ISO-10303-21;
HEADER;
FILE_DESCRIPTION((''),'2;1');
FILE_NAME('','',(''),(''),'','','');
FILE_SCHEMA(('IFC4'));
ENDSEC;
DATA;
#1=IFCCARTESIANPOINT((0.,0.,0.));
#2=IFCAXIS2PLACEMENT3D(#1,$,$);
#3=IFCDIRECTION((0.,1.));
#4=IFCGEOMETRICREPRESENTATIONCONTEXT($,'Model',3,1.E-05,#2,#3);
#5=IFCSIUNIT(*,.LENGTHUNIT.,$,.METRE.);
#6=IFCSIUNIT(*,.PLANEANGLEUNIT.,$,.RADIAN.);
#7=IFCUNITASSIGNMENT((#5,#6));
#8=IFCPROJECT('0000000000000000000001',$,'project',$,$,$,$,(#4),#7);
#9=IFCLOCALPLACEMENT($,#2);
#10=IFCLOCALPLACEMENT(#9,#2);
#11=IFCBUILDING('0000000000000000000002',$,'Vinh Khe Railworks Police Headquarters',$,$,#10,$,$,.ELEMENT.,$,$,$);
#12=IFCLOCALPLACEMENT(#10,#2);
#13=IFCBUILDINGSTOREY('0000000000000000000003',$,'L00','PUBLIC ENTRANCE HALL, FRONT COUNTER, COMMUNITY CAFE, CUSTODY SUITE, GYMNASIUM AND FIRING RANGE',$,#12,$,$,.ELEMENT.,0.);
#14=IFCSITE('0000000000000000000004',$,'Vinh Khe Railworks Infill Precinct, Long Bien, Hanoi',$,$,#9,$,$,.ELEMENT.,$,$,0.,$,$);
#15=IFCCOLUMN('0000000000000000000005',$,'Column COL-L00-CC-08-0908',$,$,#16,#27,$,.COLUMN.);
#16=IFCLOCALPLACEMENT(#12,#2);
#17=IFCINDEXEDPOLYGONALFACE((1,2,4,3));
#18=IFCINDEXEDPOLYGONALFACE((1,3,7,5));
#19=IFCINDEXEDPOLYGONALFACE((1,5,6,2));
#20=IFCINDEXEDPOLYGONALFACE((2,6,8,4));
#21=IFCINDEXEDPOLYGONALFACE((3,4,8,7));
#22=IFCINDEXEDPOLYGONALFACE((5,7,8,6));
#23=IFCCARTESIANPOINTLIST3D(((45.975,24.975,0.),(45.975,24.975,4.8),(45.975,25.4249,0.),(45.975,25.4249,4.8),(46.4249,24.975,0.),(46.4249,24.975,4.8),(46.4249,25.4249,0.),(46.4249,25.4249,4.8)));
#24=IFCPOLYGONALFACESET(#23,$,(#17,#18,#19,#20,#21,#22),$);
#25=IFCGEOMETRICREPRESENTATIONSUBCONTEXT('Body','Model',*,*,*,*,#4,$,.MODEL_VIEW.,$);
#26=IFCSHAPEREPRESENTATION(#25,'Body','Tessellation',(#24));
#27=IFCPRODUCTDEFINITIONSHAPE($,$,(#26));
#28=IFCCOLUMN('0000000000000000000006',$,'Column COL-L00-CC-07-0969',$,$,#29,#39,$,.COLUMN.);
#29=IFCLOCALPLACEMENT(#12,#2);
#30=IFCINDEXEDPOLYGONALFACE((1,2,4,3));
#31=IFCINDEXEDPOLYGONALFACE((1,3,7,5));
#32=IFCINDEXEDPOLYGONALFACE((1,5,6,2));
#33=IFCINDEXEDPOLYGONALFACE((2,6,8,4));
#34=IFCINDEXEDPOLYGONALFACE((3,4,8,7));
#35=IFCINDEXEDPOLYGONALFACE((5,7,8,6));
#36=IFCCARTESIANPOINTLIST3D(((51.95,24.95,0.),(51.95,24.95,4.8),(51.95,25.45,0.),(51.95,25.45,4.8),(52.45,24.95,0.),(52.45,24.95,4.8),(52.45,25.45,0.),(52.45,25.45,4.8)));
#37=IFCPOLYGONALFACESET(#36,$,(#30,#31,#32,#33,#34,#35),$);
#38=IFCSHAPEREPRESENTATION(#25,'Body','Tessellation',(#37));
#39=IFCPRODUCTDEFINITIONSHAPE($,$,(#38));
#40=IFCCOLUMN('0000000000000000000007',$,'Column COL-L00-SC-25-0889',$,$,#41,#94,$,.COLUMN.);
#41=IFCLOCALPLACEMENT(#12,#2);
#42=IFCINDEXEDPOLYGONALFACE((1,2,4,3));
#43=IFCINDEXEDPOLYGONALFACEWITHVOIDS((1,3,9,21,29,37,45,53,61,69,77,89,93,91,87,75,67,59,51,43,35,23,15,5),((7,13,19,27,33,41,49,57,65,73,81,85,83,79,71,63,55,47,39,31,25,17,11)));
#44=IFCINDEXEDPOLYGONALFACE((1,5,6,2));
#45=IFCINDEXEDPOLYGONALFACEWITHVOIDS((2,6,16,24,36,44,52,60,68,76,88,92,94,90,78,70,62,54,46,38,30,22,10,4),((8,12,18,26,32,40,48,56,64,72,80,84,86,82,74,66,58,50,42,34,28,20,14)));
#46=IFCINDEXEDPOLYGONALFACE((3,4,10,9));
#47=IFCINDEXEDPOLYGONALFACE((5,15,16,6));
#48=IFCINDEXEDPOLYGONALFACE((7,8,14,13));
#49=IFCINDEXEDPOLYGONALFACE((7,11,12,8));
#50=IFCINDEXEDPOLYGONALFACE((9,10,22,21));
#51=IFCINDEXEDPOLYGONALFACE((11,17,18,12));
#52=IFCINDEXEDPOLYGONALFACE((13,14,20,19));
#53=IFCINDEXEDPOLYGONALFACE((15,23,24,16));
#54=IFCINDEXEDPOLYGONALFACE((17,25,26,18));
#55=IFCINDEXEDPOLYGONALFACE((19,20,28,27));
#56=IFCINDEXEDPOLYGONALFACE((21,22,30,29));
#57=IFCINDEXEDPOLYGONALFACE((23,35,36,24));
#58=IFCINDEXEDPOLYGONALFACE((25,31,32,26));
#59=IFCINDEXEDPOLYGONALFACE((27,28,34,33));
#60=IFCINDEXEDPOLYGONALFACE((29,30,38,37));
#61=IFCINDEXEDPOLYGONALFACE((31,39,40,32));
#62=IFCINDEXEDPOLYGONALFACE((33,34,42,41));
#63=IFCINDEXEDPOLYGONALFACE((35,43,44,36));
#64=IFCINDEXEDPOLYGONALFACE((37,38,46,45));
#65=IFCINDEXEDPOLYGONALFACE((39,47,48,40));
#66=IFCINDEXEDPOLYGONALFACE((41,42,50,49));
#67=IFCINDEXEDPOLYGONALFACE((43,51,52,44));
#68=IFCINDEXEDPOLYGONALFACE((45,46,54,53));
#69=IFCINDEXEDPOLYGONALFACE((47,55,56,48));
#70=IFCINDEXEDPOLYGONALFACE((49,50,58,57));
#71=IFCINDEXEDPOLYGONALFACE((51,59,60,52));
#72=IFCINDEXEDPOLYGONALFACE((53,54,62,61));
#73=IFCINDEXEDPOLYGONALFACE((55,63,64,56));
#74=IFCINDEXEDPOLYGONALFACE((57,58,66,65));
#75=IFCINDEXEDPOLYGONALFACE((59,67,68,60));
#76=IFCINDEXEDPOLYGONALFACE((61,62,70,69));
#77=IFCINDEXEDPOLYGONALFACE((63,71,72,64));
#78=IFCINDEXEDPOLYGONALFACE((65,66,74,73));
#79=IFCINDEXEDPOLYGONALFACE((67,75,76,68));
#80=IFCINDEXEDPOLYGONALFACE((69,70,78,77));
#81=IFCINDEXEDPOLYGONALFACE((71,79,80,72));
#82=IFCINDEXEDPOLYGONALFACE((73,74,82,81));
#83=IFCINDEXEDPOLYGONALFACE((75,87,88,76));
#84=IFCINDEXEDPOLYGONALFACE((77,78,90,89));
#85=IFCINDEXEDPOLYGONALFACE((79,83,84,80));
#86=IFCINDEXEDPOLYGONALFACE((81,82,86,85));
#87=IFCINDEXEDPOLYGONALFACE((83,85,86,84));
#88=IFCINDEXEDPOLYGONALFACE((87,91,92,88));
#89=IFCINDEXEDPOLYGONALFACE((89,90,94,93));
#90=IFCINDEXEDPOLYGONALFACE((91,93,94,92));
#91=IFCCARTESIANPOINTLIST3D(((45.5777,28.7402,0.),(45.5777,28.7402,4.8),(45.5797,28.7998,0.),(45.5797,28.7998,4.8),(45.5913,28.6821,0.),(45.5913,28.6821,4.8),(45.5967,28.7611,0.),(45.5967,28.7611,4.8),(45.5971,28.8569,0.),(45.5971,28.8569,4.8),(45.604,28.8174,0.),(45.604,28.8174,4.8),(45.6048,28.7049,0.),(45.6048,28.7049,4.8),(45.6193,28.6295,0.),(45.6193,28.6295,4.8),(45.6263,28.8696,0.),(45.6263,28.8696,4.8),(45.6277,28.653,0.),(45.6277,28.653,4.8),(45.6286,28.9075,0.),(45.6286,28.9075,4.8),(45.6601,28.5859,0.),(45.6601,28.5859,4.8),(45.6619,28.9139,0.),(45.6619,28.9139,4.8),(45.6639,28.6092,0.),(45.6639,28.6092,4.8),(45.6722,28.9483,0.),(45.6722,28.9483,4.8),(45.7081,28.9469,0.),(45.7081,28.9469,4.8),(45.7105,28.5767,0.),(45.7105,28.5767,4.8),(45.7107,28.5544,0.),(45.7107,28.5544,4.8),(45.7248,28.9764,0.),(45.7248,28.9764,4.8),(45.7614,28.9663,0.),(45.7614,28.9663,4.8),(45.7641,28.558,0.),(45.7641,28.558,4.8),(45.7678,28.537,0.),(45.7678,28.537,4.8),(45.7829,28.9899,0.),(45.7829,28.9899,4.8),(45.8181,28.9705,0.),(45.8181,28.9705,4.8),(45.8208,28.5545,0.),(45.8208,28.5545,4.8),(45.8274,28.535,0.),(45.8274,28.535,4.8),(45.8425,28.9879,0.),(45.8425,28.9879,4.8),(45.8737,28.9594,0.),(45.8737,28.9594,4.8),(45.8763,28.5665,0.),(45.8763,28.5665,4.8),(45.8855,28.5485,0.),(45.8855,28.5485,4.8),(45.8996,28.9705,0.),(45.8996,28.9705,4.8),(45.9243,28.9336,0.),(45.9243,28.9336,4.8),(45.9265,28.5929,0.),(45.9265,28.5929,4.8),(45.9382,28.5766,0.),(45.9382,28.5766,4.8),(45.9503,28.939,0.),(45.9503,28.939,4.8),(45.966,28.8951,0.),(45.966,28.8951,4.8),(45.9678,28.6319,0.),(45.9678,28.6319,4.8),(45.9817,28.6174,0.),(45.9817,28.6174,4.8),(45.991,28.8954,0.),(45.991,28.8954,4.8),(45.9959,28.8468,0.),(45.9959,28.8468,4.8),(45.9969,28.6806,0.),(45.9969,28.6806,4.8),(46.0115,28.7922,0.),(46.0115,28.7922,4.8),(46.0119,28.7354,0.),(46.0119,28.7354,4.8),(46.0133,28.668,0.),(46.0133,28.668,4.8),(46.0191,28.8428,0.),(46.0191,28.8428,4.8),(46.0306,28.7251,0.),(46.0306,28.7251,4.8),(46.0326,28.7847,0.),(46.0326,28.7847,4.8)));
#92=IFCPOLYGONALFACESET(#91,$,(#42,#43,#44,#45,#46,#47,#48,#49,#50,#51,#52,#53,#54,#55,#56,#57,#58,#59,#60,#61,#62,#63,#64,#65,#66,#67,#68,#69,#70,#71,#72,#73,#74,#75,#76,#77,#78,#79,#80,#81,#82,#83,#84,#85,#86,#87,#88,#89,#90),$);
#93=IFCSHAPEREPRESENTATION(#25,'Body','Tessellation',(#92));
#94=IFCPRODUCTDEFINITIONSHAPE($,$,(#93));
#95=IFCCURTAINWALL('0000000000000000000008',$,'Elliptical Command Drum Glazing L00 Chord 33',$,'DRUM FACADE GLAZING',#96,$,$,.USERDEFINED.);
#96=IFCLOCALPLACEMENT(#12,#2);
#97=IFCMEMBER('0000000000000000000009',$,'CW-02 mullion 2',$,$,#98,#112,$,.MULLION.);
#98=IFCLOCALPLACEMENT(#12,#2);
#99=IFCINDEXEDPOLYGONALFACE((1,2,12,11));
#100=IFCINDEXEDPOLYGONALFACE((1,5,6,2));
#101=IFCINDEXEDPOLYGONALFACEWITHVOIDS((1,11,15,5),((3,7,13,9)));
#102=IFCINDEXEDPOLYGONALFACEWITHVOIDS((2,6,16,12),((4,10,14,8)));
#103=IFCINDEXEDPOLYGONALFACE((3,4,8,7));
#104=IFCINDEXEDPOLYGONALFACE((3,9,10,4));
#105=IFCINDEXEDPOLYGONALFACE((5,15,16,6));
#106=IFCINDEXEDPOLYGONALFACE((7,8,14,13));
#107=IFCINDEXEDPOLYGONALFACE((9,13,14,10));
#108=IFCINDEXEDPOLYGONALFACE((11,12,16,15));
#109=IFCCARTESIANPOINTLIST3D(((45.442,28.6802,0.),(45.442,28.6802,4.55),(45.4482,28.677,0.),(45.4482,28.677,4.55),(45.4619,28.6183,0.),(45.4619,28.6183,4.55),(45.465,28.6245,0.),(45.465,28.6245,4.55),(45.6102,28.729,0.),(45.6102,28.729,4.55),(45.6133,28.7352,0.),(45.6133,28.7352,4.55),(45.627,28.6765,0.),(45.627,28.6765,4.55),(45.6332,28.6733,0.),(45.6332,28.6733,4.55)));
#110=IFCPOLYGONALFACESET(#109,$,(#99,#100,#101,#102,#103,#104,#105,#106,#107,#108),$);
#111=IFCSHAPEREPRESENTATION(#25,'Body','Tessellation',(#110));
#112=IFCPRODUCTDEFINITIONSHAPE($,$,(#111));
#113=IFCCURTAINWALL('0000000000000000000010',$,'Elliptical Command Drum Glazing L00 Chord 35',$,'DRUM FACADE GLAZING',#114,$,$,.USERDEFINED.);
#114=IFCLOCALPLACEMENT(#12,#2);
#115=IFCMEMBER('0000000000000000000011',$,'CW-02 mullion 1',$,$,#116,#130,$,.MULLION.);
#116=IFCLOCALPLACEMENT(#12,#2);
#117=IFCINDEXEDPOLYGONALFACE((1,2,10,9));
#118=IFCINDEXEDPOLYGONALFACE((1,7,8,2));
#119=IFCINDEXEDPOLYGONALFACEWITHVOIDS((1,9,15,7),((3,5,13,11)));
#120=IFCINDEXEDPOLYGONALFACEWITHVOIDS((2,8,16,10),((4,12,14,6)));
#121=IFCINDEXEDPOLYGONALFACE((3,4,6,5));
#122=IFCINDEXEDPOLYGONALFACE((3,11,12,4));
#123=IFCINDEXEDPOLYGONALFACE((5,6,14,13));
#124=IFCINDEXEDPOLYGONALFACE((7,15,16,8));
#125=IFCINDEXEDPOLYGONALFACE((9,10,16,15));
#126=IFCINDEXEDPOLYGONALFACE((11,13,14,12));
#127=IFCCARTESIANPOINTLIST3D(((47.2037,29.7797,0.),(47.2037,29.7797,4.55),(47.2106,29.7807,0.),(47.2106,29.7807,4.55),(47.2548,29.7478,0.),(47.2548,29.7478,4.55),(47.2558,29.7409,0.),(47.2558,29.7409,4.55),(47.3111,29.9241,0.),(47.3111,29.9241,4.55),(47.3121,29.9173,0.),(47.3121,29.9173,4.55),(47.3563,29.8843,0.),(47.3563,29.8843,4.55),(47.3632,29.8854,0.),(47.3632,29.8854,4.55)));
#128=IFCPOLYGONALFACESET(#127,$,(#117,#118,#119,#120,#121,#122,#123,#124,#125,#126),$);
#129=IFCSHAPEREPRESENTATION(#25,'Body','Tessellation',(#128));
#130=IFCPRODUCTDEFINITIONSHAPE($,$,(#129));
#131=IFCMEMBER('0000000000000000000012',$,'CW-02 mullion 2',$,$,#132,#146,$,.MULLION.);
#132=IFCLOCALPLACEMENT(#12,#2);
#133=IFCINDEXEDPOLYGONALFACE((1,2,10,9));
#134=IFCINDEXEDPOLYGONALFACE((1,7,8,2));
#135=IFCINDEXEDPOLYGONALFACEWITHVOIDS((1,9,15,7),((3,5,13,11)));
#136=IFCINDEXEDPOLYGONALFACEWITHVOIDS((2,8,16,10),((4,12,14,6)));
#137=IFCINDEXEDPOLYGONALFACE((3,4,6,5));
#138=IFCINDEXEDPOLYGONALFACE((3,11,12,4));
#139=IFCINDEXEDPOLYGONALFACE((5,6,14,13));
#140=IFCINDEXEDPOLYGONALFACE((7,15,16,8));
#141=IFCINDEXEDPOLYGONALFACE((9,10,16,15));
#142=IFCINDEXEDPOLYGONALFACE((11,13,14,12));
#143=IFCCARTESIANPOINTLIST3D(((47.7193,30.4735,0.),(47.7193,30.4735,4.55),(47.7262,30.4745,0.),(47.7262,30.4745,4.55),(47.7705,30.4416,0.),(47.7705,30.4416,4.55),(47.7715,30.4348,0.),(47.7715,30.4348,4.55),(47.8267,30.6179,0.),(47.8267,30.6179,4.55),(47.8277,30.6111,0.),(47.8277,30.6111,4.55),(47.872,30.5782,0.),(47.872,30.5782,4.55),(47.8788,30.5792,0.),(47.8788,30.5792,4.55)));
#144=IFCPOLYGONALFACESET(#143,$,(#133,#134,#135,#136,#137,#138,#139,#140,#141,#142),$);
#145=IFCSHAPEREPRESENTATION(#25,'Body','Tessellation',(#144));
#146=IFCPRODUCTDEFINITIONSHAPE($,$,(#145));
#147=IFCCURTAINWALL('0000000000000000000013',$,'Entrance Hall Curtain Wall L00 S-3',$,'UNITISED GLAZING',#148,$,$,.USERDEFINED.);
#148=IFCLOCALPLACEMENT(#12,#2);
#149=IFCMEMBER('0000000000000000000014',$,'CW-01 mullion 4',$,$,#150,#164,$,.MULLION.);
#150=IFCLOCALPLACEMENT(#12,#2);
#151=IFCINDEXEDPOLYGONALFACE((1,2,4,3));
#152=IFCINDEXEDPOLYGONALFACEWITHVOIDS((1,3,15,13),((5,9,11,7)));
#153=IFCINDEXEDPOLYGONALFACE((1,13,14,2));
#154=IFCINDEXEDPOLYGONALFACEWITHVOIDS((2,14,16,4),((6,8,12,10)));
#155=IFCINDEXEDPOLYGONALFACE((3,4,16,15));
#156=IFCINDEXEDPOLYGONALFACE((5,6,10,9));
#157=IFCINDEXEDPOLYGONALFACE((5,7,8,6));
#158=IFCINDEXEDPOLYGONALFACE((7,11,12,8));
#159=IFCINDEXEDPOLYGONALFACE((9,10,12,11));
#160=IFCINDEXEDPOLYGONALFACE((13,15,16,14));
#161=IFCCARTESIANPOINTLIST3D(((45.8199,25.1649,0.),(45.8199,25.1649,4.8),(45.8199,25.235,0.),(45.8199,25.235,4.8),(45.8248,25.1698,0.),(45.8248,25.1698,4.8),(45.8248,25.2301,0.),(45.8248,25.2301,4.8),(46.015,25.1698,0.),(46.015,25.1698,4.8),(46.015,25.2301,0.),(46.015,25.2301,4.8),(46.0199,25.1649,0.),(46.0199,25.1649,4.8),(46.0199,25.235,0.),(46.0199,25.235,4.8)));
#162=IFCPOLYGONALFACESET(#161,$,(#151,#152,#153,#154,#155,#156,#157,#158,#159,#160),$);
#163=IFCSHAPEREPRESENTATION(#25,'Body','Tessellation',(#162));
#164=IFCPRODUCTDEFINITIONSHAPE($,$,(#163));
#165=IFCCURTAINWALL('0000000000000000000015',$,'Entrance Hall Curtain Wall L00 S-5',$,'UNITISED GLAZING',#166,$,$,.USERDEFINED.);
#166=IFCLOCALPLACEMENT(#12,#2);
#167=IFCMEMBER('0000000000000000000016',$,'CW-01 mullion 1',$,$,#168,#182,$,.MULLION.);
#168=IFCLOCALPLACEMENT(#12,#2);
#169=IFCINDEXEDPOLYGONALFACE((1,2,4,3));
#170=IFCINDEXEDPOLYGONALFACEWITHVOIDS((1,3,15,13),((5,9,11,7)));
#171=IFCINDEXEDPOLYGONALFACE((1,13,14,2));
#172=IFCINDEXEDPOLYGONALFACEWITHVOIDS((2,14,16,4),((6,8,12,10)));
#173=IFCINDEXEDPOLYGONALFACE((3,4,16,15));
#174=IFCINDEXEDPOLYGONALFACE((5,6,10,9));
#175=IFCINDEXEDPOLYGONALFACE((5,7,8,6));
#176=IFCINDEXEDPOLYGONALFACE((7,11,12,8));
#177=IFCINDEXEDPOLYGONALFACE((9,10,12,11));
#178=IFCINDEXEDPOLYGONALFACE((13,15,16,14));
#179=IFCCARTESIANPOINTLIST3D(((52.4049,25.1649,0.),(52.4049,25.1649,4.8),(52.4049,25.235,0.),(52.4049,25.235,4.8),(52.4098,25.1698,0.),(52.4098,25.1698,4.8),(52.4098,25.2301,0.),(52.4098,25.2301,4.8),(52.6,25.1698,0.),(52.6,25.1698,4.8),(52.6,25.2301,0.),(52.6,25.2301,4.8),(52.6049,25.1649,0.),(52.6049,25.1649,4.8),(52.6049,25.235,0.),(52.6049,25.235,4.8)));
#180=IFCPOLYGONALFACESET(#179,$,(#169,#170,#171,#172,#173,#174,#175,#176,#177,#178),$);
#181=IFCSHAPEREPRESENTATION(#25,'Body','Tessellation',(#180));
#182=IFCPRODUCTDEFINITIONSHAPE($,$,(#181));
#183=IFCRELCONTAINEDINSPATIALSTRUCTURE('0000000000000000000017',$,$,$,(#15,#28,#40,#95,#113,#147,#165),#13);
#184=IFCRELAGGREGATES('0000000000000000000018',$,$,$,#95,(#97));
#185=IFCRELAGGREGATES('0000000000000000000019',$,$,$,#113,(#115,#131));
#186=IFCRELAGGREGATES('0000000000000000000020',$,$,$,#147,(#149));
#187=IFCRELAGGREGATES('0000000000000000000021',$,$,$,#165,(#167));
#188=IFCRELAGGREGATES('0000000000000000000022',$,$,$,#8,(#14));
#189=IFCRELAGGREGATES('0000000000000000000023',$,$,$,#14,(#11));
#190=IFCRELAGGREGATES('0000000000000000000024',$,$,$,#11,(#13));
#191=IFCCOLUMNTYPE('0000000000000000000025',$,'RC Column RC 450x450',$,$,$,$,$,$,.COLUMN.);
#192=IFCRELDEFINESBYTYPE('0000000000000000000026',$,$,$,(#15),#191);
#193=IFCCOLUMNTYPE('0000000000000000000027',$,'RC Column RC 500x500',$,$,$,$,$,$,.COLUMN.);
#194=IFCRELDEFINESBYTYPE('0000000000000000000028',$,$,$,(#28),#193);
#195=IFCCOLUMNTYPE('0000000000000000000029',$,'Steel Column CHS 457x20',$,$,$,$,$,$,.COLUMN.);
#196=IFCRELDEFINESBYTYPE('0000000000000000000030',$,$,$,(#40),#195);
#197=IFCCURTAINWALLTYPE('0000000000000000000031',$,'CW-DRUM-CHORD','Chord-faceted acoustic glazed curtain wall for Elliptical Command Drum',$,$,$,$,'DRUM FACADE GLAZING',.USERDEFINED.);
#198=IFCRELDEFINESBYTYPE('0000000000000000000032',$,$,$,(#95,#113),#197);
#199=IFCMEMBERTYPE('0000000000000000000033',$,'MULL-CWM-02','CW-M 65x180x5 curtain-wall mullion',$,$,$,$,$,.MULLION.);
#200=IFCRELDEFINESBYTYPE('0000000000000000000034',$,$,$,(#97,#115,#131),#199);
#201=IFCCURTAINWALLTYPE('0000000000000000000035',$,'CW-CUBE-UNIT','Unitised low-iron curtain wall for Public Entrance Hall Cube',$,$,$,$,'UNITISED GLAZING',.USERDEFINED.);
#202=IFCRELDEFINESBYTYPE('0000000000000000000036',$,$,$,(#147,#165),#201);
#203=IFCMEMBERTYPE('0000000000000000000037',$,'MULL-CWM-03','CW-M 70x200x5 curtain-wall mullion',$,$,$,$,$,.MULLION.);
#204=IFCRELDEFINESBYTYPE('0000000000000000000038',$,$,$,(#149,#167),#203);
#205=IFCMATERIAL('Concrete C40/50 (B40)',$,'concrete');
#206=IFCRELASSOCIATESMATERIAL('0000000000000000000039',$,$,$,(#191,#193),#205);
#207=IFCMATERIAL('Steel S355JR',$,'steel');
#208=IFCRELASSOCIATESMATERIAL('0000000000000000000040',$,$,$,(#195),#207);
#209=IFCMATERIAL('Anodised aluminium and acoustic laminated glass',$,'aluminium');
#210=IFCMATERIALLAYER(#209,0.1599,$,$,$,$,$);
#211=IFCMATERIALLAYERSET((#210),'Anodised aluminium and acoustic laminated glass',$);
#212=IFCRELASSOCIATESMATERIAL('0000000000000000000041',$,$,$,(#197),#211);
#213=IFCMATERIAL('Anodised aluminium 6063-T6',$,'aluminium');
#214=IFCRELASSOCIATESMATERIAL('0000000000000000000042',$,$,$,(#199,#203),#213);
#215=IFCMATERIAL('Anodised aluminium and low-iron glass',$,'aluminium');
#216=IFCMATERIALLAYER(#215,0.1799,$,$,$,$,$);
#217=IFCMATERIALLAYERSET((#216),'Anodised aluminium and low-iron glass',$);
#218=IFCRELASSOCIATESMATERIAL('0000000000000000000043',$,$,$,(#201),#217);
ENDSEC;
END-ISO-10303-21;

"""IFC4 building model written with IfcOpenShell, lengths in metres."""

from ifc_helpers import new_model, si_unit, direction, frame, origin, origin_2d, place, context, subcontext, project, spatial, rectangle, hollow_rectangle, hollow_circle, extrude, material, layer, layer_set, material_profile, profile_set, type_object, element, aggregate, save


model = new_model("IFC4")

# Units and contexts
model_context = context("Model", 3, precision=1e-05, world=origin(), true_north=direction((0.0, 1.0)))
body_context = subcontext(model_context, "Body", "Model", "MODEL_VIEW")
ifc_project = project(units=[si_unit("LENGTHUNIT", "METRE"), si_unit("PLANEANGLEUNIT", "RADIAN")], contexts=[model_context])

# Site, building, storey
site_placement = place(None, origin())
site = spatial("IfcSite", under=ifc_project, at=site_placement, Name="Vinh Khe Railworks Infill Precinct, Long Bien, Hanoi", CompositionType="ELEMENT", RefElevation=0.0)
building_placement = place(site_placement, origin())
building = spatial("IfcBuilding", under=site, at=building_placement, Name="Vinh Khe Railworks Police Headquarters", CompositionType="ELEMENT")
storey_placement = place(building_placement, origin())
storey = spatial("IfcBuildingStorey", under=building, at=storey_placement, Name="L00", Description="PUBLIC ENTRANCE HALL, FRONT COUNTER, COMMUNITY CAFE, CUSTODY SUITE, GYMNASIUM AND FIRING RANGE", CompositionType="ELEMENT", Elevation=0.0)

# Columns
ifc_material_1 = material(Name="Concrete C40/50 (B40)", Category="concrete")
ifc_material_profile_1 = material_profile(ifc_material_1, rectangle(XDim=0.45, YDim=0.45, at=origin_2d()), Name="RC 450x450")
ifc_profile_set_1 = profile_set([ifc_material_profile_1], Name="Concrete C40/50 (B40)")
column_type_1 = type_object("IfcColumnType", Name="RC Column RC 450x450", PredefinedType="COLUMN", material=ifc_profile_set_1)
column_1_placement = place(storey_placement, frame((46.2, 25.2, 0.0), z_axis=(0.0, 0.0, 1.0), x_axis=(1.0, 0.0, 0.0)))
element("IfcColumn", 1, at=column_1_placement, inside=storey, type_object=column_type_1, Name="Column COL-L00-CC-08-0908", PredefinedType="COLUMN", context=body_context, shape_type="SweptSolid", body=[
    extrude(rectangle(XDim=0.45, YDim=0.45, at=origin_2d()), origin(), (0.0, 0.0, 1.0), 4.8),
])
ifc_material_profile_2 = material_profile(ifc_material_1, rectangle(XDim=0.5, YDim=0.5, at=origin_2d()), Name="RC 500x500")
ifc_profile_set_2 = profile_set([ifc_material_profile_2], Name="Concrete C40/50 (B40)")
column_type_2 = type_object("IfcColumnType", Name="RC Column RC 500x500", PredefinedType="COLUMN", material=ifc_profile_set_2)
column_2_placement = place(storey_placement, frame((52.2, 25.2, 0.0), z_axis=(0.0, 0.0, 1.0), x_axis=(1.0, 0.0, 0.0)))
element("IfcColumn", 2, at=column_2_placement, inside=storey, type_object=column_type_2, Name="Column COL-L00-CC-07-0969", PredefinedType="COLUMN", context=body_context, shape_type="SweptSolid", body=[
    extrude(rectangle(XDim=0.5, YDim=0.5, at=origin_2d()), origin(), (0.0, 0.0, 1.0), 4.8),
])
ifc_material_2 = material(Name="Steel S355JR", Category="steel")
ifc_material_profile_3 = material_profile(ifc_material_2, hollow_circle(Radius=0.2285, WallThickness=0.02, at=origin_2d()), Name="CHS 457x20")
ifc_profile_set_3 = profile_set([ifc_material_profile_3], Name="Steel S355JR")
column_type_3 = type_object("IfcColumnType", Name="Steel Column CHS 457x20", PredefinedType="COLUMN", material=ifc_profile_set_3)
column_3_placement = place(storey_placement, frame((45.8052, 28.7625, 0.0), z_axis=(0.0, 0.0, 1.0), x_axis=(0.581981, -0.813202, 0.0)))
element("IfcColumn", 3, at=column_3_placement, inside=storey, type_object=column_type_3, Name="Column COL-L00-SC-25-0889", PredefinedType="COLUMN", context=body_context, shape_type="SweptSolid", body=[
    extrude(hollow_circle(Radius=0.2285, WallThickness=0.02, at=origin_2d()), origin(), (0.0, 0.0, 1.0), 4.8),
])

# Curtain wall, member
ifc_material_3 = material(Name="Anodised aluminium and acoustic laminated glass", Category="aluminium")
ifc_layer_1 = layer(ifc_material_3, 0.1599)
ifc_layer_set_1 = layer_set([ifc_layer_1], Name="Anodised aluminium and acoustic laminated glass")
curtain_wall_type_1 = type_object("IfcCurtainWallType", Name="CW-DRUM-CHORD", Description="Chord-faceted acoustic glazed curtain wall for Elliptical Command Drum", ElementType="DRUM FACADE GLAZING", PredefinedType="USERDEFINED", material=ifc_layer_set_1)
curtain_wall_1_placement = place(storey_placement, origin())
curtain_wall_1 = element("IfcCurtainWall", 4, at=curtain_wall_1_placement, inside=storey, type_object=curtain_wall_type_1, Name="Elliptical Command Drum Glazing L00 Chord 33", ObjectType="DRUM FACADE GLAZING", PredefinedType="USERDEFINED")
ifc_material_4 = material(Name="Anodised aluminium 6063-T6", Category="aluminium")
ifc_material_profile_4 = material_profile(ifc_material_4, hollow_rectangle(XDim=0.0649, YDim=0.1799, WallThickness=0.0049, at=origin_2d()), Name="CW-M 65x180x5")
ifc_profile_set_4 = profile_set([ifc_material_profile_4], Name="Anodised aluminium 6063-T6")
member_type_1 = type_object("IfcMemberType", Name="MULL-CWM-02", Description="CW-M 65x180x5 curtain-wall mullion", PredefinedType="MULLION", material=ifc_profile_set_4)
member_1_placement = place(storey_placement, frame((45.5376, 28.6768, 0.0), z_axis=(0.0, 0.0, 1.0), x_axis=(-0.305576, 0.952168, 0.0)))
member_1 = element("IfcMember", 5, at=member_1_placement, type_object=member_type_1, Name="CW-02 mullion 2", PredefinedType="MULLION", context=body_context, shape_type="SweptSolid", body=[
    extrude(hollow_rectangle(XDim=0.0649, YDim=0.1799, WallThickness=0.0049, at=origin_2d()), origin(), (0.0, 0.0, 1.0), 4.55),
])

# Curtain wall, members
curtain_wall_2_placement = place(storey_placement, origin())
curtain_wall_2 = element("IfcCurtainWall", 6, at=curtain_wall_2_placement, inside=storey, type_object=curtain_wall_type_1, Name="Elliptical Command Drum Glazing L00 Chord 35", ObjectType="DRUM FACADE GLAZING", PredefinedType="USERDEFINED")
member_2_placement = place(storey_placement, frame((47.2834, 29.8325, 0.0), z_axis=(0.0, 0.0, 1.0), x_axis=(-0.802592, 0.596528, 0.0)))
member_2 = element("IfcMember", 7, at=member_2_placement, type_object=member_type_1, Name="CW-02 mullion 1", PredefinedType="MULLION", context=body_context, shape_type="SweptSolid", body=[
    extrude(hollow_rectangle(XDim=0.0649, YDim=0.1799, WallThickness=0.0049, at=origin_2d()), origin(), (0.0, 0.0, 1.0), 4.55),
])
member_3_placement = place(storey_placement, frame((47.7991, 30.5264, 0.0), z_axis=(0.0, 0.0, 1.0), x_axis=(-0.802592, 0.596528, 0.0)))
member_3 = element("IfcMember", 8, at=member_3_placement, type_object=member_type_1, Name="CW-02 mullion 2", PredefinedType="MULLION", context=body_context, shape_type="SweptSolid", body=[
    extrude(hollow_rectangle(XDim=0.0649, YDim=0.1799, WallThickness=0.0049, at=origin_2d()), origin(), (0.0, 0.0, 1.0), 4.55),
])

# Curtain walls, members
ifc_material_5 = material(Name="Anodised aluminium and low-iron glass", Category="aluminium")
ifc_layer_2 = layer(ifc_material_5, 0.1799)
ifc_layer_set_2 = layer_set([ifc_layer_2], Name="Anodised aluminium and low-iron glass")
curtain_wall_type_2 = type_object("IfcCurtainWallType", Name="CW-CUBE-UNIT", Description="Unitised low-iron curtain wall for Public Entrance Hall Cube", ElementType="UNITISED GLAZING", PredefinedType="USERDEFINED", material=ifc_layer_set_2)
curtain_wall_3_placement = place(storey_placement, origin())
curtain_wall_3 = element("IfcCurtainWall", 9, at=curtain_wall_3_placement, inside=storey, type_object=curtain_wall_type_2, Name="Entrance Hall Curtain Wall L00 S-3", ObjectType="UNITISED GLAZING", PredefinedType="USERDEFINED")
ifc_material_profile_5 = material_profile(ifc_material_4, hollow_rectangle(XDim=0.0701, YDim=0.2, WallThickness=0.0049, at=origin_2d()), Name="CW-M 70x200x5")
ifc_profile_set_5 = profile_set([ifc_material_profile_5], Name="Anodised aluminium 6063-T6")
member_type_2 = type_object("IfcMemberType", Name="MULL-CWM-03", Description="CW-M 70x200x5 curtain-wall mullion", PredefinedType="MULLION", material=ifc_profile_set_5)
member_4_placement = place(storey_placement, frame((45.9199, 25.2, 0.0), z_axis=(0.0, 0.0, 1.0), x_axis=(0.0, 1.0, 0.0)))
member_4 = element("IfcMember", 10, at=member_4_placement, type_object=member_type_2, Name="CW-01 mullion 4", PredefinedType="MULLION", context=body_context, shape_type="SweptSolid", body=[
    extrude(hollow_rectangle(XDim=0.0701, YDim=0.2, WallThickness=0.0049, at=origin_2d()), origin(), (0.0, 0.0, 1.0), 4.8),
])
curtain_wall_4_placement = place(storey_placement, origin())
curtain_wall_4 = element("IfcCurtainWall", 11, at=curtain_wall_4_placement, inside=storey, type_object=curtain_wall_type_2, Name="Entrance Hall Curtain Wall L00 S-5", ObjectType="UNITISED GLAZING", PredefinedType="USERDEFINED")
member_5_placement = place(storey_placement, frame((52.5049, 25.2, 0.0), z_axis=(0.0, 0.0, 1.0), x_axis=(0.0, 1.0, 0.0)))
member_5 = element("IfcMember", 12, at=member_5_placement, type_object=member_type_2, Name="CW-01 mullion 1", PredefinedType="MULLION", context=body_context, shape_type="SweptSolid", body=[
    extrude(hollow_rectangle(XDim=0.0701, YDim=0.2, WallThickness=0.0049, at=origin_2d()), origin(), (0.0, 0.0, 1.0), 4.8),
])

aggregate(curtain_wall_1, [member_1])
aggregate(curtain_wall_2, [member_2, member_3])
aggregate(curtain_wall_3, [member_4])
aggregate(curtain_wall_4, [member_5])

save(model, "model.ifc")
